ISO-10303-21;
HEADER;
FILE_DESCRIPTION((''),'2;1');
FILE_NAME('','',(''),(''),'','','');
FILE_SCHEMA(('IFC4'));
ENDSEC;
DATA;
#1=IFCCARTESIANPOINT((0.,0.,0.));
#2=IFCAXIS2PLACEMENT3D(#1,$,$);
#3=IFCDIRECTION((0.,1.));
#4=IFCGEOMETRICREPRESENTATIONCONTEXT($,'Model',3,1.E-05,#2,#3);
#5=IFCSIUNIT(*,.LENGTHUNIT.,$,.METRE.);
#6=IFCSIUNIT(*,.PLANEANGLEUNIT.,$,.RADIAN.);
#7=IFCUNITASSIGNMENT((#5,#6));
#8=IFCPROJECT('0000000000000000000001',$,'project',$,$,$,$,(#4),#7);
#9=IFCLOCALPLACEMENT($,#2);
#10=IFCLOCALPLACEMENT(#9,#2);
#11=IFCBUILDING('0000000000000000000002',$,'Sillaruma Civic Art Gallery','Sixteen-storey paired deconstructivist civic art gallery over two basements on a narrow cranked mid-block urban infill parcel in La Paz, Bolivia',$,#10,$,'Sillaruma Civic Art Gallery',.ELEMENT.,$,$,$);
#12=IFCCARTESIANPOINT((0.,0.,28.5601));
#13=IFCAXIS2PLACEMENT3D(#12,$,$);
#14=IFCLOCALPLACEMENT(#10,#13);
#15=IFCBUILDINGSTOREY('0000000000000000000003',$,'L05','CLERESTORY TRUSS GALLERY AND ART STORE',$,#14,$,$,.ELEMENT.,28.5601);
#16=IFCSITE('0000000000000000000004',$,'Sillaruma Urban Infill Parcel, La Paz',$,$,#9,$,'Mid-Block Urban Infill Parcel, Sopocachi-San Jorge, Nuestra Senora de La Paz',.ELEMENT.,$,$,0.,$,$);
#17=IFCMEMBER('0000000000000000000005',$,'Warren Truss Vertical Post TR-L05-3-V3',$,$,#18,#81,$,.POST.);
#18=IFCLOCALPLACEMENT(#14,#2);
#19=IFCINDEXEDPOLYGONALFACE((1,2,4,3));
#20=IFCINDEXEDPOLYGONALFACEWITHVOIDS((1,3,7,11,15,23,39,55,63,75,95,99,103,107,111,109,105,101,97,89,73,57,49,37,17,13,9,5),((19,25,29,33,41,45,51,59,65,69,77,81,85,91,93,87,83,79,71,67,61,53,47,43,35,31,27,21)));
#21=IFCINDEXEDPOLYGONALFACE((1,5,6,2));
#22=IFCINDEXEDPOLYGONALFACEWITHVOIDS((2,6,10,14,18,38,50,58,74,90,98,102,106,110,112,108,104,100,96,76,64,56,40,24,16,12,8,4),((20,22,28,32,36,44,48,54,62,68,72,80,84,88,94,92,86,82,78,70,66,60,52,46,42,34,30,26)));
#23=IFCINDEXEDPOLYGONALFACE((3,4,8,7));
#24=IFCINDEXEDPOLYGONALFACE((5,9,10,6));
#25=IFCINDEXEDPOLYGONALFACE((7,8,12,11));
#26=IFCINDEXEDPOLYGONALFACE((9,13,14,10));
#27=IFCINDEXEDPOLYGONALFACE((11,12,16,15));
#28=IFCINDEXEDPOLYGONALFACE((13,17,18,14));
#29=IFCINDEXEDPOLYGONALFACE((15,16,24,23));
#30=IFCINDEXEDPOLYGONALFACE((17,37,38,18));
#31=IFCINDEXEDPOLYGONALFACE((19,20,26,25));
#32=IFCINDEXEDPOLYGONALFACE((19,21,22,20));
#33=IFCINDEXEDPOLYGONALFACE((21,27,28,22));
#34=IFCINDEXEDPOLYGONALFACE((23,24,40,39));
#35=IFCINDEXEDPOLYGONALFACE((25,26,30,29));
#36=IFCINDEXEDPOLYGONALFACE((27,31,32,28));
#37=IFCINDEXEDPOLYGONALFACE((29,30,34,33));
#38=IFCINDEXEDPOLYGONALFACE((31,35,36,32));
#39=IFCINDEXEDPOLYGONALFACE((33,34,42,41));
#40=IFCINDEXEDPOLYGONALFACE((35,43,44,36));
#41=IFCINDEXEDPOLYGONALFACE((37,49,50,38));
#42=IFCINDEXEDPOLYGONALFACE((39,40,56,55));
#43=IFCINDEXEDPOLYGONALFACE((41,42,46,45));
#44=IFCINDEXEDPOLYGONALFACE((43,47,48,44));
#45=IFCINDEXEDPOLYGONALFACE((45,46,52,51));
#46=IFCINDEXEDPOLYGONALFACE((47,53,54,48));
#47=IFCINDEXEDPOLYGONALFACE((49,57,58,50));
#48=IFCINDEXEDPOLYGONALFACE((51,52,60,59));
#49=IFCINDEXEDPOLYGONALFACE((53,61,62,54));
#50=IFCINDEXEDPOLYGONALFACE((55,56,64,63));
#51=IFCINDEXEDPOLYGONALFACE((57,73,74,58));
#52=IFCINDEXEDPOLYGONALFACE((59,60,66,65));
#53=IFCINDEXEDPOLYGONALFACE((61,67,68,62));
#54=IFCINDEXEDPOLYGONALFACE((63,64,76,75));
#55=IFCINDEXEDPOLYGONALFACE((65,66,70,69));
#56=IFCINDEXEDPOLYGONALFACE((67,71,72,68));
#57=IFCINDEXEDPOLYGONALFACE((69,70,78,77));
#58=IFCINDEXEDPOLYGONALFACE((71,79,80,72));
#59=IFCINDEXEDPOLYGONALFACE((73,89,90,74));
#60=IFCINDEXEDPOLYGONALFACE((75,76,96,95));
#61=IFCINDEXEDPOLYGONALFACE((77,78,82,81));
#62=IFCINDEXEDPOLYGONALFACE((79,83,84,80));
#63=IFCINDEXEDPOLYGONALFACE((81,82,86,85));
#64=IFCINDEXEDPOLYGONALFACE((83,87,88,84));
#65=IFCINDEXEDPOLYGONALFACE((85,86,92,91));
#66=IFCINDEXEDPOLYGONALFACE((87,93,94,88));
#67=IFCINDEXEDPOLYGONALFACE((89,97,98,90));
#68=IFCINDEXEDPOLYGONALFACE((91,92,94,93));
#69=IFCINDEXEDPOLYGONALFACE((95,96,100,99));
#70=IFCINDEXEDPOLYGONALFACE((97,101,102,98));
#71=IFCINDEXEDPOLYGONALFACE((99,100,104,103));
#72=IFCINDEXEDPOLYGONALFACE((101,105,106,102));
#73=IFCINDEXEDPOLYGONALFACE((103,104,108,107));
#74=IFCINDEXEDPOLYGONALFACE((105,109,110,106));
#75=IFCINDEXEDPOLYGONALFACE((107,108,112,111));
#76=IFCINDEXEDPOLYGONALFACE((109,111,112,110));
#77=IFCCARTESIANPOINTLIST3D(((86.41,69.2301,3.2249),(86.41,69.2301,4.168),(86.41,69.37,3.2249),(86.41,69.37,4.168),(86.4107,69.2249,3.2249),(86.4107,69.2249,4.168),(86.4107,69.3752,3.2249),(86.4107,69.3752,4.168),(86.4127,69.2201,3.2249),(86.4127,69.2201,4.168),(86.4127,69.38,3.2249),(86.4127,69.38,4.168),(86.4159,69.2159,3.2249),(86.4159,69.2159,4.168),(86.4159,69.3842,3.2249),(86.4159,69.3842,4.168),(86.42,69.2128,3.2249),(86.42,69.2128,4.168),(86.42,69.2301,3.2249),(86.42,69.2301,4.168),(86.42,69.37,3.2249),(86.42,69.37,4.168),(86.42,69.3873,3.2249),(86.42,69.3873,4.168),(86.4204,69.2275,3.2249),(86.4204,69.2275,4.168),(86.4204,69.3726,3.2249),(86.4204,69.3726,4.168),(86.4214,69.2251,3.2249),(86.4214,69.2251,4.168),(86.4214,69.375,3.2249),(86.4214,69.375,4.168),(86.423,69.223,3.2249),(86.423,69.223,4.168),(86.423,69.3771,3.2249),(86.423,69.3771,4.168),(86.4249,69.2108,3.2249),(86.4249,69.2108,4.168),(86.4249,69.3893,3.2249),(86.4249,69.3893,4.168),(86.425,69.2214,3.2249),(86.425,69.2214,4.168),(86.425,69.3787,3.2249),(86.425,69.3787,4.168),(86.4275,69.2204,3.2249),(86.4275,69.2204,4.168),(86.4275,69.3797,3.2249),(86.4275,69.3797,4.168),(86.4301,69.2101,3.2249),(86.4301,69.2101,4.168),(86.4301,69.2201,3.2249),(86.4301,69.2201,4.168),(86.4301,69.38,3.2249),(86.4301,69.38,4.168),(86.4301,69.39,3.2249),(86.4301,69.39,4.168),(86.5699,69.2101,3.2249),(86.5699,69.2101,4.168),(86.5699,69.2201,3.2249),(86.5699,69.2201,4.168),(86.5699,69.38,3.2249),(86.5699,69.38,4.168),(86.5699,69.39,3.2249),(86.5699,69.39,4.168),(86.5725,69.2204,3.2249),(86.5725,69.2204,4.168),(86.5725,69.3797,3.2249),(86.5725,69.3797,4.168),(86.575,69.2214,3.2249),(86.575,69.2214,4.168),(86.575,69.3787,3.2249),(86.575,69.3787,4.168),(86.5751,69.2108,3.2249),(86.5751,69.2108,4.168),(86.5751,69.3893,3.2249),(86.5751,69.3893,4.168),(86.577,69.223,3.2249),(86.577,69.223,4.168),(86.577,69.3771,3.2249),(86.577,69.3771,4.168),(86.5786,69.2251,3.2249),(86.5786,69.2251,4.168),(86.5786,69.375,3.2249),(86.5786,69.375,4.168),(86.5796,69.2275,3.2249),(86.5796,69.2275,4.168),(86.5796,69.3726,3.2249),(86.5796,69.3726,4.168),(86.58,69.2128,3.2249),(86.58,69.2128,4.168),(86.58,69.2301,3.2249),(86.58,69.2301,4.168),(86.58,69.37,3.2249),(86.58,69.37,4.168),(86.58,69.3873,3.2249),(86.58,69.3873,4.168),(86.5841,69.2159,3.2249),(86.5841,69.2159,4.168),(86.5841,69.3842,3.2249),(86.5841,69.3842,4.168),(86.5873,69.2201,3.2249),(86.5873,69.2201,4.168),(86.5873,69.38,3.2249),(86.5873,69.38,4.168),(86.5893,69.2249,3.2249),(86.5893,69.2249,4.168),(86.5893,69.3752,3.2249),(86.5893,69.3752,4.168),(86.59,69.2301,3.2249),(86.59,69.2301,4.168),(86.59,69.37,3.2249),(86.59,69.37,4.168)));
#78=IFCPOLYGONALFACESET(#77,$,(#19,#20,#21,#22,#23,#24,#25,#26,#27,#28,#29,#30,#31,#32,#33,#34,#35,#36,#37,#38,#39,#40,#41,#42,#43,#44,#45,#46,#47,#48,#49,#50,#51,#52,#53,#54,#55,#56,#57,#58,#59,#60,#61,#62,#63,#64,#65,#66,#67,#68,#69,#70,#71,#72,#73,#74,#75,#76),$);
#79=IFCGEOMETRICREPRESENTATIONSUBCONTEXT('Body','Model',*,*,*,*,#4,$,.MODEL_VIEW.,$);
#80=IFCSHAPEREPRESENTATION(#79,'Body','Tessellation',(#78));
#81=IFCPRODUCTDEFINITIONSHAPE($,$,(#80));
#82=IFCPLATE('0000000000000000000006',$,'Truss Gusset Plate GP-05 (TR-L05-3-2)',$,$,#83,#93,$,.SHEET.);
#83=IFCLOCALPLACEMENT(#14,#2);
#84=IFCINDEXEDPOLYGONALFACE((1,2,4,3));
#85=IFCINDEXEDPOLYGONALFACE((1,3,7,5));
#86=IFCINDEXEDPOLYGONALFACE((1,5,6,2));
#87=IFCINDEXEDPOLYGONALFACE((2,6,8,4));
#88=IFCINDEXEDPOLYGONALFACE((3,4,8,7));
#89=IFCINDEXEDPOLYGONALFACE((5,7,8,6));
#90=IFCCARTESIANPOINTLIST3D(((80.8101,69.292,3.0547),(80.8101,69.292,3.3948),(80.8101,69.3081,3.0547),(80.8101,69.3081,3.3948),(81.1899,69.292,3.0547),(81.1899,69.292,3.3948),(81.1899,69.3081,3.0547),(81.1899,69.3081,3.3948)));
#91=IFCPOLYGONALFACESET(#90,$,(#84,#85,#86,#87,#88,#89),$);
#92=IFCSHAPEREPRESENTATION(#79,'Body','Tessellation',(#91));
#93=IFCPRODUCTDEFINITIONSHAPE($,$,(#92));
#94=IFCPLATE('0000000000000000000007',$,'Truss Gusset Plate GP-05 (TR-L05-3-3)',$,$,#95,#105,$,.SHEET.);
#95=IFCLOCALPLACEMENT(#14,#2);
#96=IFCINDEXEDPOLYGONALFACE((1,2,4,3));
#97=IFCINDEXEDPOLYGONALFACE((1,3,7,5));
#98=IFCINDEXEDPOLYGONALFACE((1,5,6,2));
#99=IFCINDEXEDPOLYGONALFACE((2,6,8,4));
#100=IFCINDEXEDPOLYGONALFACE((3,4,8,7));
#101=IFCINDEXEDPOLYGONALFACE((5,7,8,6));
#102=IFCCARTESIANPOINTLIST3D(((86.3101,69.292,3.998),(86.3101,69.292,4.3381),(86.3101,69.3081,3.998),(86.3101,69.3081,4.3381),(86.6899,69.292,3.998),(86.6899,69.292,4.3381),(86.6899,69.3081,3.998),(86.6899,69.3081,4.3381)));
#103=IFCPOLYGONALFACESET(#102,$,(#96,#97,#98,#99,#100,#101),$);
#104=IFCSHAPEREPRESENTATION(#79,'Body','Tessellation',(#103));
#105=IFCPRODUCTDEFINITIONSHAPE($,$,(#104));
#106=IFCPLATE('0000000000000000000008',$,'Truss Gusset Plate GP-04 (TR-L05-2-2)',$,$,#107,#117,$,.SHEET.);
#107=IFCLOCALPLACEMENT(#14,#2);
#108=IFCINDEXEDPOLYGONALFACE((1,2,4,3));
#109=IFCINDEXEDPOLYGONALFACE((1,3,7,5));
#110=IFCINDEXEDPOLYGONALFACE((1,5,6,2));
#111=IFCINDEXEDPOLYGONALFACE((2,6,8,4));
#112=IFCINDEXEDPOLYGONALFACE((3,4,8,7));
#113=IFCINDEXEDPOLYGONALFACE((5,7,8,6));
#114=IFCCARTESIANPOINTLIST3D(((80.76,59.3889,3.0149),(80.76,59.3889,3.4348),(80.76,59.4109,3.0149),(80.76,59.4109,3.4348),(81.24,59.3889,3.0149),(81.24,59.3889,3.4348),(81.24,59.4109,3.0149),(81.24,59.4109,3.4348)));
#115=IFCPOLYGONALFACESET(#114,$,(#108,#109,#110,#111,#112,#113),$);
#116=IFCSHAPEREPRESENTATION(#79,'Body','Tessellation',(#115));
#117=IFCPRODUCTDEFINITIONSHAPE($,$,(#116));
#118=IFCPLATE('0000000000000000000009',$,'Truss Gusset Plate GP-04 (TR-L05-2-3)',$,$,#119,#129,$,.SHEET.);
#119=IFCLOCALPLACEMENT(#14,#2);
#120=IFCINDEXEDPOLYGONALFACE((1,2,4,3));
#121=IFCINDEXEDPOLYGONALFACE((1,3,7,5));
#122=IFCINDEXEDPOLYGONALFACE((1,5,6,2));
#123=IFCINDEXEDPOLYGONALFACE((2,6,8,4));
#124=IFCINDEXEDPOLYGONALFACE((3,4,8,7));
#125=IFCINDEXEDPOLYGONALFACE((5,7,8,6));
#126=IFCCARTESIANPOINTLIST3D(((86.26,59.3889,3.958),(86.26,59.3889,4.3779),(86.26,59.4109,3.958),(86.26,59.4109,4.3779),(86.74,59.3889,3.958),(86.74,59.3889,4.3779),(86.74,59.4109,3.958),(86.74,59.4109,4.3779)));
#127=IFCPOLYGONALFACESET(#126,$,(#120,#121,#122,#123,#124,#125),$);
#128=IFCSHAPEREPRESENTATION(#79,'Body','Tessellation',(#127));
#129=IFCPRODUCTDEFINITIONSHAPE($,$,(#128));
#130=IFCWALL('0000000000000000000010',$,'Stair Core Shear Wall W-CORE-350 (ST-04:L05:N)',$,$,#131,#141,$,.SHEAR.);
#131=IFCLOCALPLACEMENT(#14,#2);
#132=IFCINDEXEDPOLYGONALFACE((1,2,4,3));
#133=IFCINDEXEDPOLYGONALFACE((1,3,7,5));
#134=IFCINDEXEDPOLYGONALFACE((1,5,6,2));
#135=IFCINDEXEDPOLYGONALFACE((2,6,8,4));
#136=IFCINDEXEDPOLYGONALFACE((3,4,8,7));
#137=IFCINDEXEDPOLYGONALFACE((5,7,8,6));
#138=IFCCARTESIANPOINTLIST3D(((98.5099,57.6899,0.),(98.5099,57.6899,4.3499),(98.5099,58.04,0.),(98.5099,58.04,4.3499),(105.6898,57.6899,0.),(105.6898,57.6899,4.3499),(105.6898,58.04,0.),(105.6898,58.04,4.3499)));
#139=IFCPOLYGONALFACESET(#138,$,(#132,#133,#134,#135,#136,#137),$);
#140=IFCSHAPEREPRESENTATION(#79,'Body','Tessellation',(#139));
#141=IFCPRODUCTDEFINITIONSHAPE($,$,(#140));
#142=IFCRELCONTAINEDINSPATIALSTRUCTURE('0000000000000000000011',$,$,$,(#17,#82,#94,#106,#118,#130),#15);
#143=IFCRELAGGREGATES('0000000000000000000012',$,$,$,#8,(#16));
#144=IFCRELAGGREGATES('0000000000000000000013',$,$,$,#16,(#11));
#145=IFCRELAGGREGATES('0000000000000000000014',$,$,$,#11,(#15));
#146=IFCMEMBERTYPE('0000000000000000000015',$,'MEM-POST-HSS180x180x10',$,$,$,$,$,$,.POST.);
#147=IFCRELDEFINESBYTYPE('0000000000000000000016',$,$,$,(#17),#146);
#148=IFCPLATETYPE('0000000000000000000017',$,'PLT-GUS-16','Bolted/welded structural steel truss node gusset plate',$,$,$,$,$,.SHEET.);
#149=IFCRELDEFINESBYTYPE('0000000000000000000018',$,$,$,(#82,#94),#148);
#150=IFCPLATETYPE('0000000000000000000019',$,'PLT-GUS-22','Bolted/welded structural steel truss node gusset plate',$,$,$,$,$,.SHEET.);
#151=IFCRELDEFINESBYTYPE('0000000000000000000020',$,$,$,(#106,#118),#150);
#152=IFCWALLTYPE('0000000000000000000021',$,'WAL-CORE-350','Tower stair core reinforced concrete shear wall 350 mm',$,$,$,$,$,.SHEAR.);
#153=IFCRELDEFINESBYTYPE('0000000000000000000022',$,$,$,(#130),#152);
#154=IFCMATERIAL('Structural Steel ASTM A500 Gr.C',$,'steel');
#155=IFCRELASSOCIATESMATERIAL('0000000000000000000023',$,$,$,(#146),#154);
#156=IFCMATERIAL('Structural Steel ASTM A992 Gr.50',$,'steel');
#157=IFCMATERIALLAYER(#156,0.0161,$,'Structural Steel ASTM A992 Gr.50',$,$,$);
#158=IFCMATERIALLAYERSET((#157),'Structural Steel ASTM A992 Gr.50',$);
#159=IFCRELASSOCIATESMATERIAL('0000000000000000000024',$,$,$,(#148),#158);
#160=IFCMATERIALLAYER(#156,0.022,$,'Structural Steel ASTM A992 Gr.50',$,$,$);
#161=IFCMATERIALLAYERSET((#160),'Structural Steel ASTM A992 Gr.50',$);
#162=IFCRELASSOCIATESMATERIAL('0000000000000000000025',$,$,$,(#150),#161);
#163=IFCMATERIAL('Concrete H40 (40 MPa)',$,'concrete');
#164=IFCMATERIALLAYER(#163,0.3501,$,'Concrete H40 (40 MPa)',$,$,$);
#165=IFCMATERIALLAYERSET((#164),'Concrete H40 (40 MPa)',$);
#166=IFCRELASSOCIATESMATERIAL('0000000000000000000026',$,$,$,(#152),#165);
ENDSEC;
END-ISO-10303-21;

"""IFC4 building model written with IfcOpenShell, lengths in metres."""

from ifc_helpers import new_model, si_unit, direction, frame, frame_2d, origin, origin_2d, place, context, subcontext, project, spatial, rectangle, hollow_rectangle, extrude, material, layer, layer_set, material_profile, profile_set, type_object, element, save


model = new_model("IFC4")

# Units and contexts
model_context = context("Model", 3, precision=1e-05, world=origin(), true_north=direction((0.0, 1.0)))
body_context = subcontext(model_context, "Body", "Model", "MODEL_VIEW")
ifc_project = project(units=[si_unit("LENGTHUNIT", "METRE"), si_unit("PLANEANGLEUNIT", "RADIAN")], contexts=[model_context])

# Site, building, storey
site_placement = place(None, origin())
site = spatial("IfcSite", under=ifc_project, at=site_placement, Name="Sillaruma Urban Infill Parcel, La Paz", LongName="Mid-Block Urban Infill Parcel, Sopocachi-San Jorge, Nuestra Senora de La Paz", CompositionType="ELEMENT", RefElevation=0.0)
building_placement = place(site_placement, origin())
building = spatial("IfcBuilding", under=site, at=building_placement, Name="Sillaruma Civic Art Gallery", Description="Sixteen-storey paired deconstructivist civic art gallery over two basements on a narrow cranked mid-block urban infill parcel in La Paz, Bolivia", LongName="Sillaruma Civic Art Gallery", CompositionType="ELEMENT")
storey_placement = place(building_placement, frame((0.0, 0.0, 28.5601)))
storey = spatial("IfcBuildingStorey", under=building, at=storey_placement, Name="L05", Description="CLERESTORY TRUSS GALLERY AND ART STORE", CompositionType="ELEMENT", Elevation=28.5601)

# Shared definitions
ifc_material_1 = material(Name="Concrete H40 (40 MPa)", Category="concrete")

# Shared definitions
ifc_material_2 = material(Name="Structural Steel ASTM A992 Gr.50", Category="steel")
ifc_material_3 = material(Name="Structural Steel ASTM A500 Gr.C", Category="steel")

# Member
ifc_material_profile_1 = material_profile(ifc_material_3, hollow_rectangle(XDim=0.1799, YDim=0.1799, WallThickness=0.01, InnerFilletRadius=0.01, OuterFilletRadius=0.02, at=origin_2d()), Name="HSS180x180x10")
ifc_profile_set_1 = profile_set([ifc_material_profile_1], Name="Structural Steel ASTM A500 Gr.C")
member_type_1 = type_object("IfcMemberType", Name="MEM-POST-HSS180x180x10", PredefinedType="POST", material=ifc_profile_set_1)
for number, where, z_axis, x_axis, name in (
    (1, (86.5, 69.3, 3.2249), (0.0, 0.0, 1.0), (1.0, 0.0, 0.0), "Warren Truss Vertical Post TR-L05-3-V3"),
):
    element("IfcMember", number, at=place(storey_placement, frame(where, z_axis=z_axis, x_axis=x_axis)), inside=storey, type_object=member_type_1, Name=name, PredefinedType="POST", context=body_context, shape_type="SweptSolid", body=[
        extrude(hollow_rectangle(XDim=0.1799, YDim=0.1799, WallThickness=0.01, InnerFilletRadius=0.01, OuterFilletRadius=0.02, at=origin_2d()), origin(), (0.0, 0.0, 1.0), 0.9431),
    ])

# Plates
ifc_layer_1 = layer(ifc_material_2, 0.0161, Name="Structural Steel ASTM A992 Gr.50")
ifc_layer_set_1 = layer_set([ifc_layer_1], Name="Structural Steel ASTM A992 Gr.50")
plate_type_1 = type_object("IfcPlateType", Name="PLT-GUS-16", Description="Bolted/welded structural steel truss node gusset plate", PredefinedType="SHEET", material=ifc_layer_set_1)
for number, where, z_axis, x_axis, name in (
    (2, (81.0, 69.3, 3.0547), (0.0, 0.0, 1.0), (1.0, 0.0, 0.0), "Truss Gusset Plate GP-05 (TR-L05-3-2)"),
    (3, (86.5, 69.3, 3.998), (0.0, 0.0, 1.0), (1.0, 0.0, 0.0), "Truss Gusset Plate GP-05 (TR-L05-3-3)"),
):
    element("IfcPlate", number, at=place(storey_placement, frame(where, z_axis=z_axis, x_axis=x_axis)), inside=storey, type_object=plate_type_1, Name=name, PredefinedType="SHEET", context=body_context, shape_type="SweptSolid", body=[
        extrude(rectangle(XDim=0.3799, YDim=0.0161, at=origin_2d()), origin(), (0.0, 0.0, 1.0), 0.3401),
    ])
ifc_layer_2 = layer(ifc_material_2, 0.022, Name="Structural Steel ASTM A992 Gr.50")
ifc_layer_set_2 = layer_set([ifc_layer_2], Name="Structural Steel ASTM A992 Gr.50")
plate_type_2 = type_object("IfcPlateType", Name="PLT-GUS-22", Description="Bolted/welded structural steel truss node gusset plate", PredefinedType="SHEET", material=ifc_layer_set_2)
for number, where, z_axis, x_axis, name in (
    (4, (81.0, 59.3999, 3.0149), (0.0, 0.0, 1.0), (1.0, 0.0, 0.0), "Truss Gusset Plate GP-04 (TR-L05-2-2)"),
    (5, (86.5, 59.3999, 3.958), (0.0, 0.0, 1.0), (1.0, 0.0, 0.0), "Truss Gusset Plate GP-04 (TR-L05-2-3)"),
):
    element("IfcPlate", number, at=place(storey_placement, frame(where, z_axis=z_axis, x_axis=x_axis)), inside=storey, type_object=plate_type_2, Name=name, PredefinedType="SHEET", context=body_context, shape_type="SweptSolid", body=[
        extrude(rectangle(XDim=0.48, YDim=0.022, at=origin_2d()), origin(), (0.0, 0.0, 1.0), 0.4199),
    ])

# Wall
ifc_layer_3 = layer(ifc_material_1, 0.3501, Name="Concrete H40 (40 MPa)")
ifc_layer_set_3 = layer_set([ifc_layer_3], Name="Concrete H40 (40 MPa)")
wall_type = type_object("IfcWallType", Name="WAL-CORE-350", Description="Tower stair core reinforced concrete shear wall 350 mm", PredefinedType="SHEAR", material=ifc_layer_set_3)
wall_placement = place(storey_placement, frame((98.51, 57.865, 0.0), z_axis=(0.0, 0.0, 1.0), x_axis=(1.0, 0.0, 0.0)))
element("IfcWall", 6, at=wall_placement, inside=storey, type_object=wall_type, Name="Stair Core Shear Wall W-CORE-350 (ST-04:L05:N)", PredefinedType="SHEAR", context=body_context, shape_type="SweptSolid", body=[
    extrude(rectangle(XDim=7.1799, YDim=0.3501, at=frame_2d((3.5898, 0.0))), origin(), (0.0, 0.0, 1.0), 4.3499),
])

save(model, "model.ifc")
